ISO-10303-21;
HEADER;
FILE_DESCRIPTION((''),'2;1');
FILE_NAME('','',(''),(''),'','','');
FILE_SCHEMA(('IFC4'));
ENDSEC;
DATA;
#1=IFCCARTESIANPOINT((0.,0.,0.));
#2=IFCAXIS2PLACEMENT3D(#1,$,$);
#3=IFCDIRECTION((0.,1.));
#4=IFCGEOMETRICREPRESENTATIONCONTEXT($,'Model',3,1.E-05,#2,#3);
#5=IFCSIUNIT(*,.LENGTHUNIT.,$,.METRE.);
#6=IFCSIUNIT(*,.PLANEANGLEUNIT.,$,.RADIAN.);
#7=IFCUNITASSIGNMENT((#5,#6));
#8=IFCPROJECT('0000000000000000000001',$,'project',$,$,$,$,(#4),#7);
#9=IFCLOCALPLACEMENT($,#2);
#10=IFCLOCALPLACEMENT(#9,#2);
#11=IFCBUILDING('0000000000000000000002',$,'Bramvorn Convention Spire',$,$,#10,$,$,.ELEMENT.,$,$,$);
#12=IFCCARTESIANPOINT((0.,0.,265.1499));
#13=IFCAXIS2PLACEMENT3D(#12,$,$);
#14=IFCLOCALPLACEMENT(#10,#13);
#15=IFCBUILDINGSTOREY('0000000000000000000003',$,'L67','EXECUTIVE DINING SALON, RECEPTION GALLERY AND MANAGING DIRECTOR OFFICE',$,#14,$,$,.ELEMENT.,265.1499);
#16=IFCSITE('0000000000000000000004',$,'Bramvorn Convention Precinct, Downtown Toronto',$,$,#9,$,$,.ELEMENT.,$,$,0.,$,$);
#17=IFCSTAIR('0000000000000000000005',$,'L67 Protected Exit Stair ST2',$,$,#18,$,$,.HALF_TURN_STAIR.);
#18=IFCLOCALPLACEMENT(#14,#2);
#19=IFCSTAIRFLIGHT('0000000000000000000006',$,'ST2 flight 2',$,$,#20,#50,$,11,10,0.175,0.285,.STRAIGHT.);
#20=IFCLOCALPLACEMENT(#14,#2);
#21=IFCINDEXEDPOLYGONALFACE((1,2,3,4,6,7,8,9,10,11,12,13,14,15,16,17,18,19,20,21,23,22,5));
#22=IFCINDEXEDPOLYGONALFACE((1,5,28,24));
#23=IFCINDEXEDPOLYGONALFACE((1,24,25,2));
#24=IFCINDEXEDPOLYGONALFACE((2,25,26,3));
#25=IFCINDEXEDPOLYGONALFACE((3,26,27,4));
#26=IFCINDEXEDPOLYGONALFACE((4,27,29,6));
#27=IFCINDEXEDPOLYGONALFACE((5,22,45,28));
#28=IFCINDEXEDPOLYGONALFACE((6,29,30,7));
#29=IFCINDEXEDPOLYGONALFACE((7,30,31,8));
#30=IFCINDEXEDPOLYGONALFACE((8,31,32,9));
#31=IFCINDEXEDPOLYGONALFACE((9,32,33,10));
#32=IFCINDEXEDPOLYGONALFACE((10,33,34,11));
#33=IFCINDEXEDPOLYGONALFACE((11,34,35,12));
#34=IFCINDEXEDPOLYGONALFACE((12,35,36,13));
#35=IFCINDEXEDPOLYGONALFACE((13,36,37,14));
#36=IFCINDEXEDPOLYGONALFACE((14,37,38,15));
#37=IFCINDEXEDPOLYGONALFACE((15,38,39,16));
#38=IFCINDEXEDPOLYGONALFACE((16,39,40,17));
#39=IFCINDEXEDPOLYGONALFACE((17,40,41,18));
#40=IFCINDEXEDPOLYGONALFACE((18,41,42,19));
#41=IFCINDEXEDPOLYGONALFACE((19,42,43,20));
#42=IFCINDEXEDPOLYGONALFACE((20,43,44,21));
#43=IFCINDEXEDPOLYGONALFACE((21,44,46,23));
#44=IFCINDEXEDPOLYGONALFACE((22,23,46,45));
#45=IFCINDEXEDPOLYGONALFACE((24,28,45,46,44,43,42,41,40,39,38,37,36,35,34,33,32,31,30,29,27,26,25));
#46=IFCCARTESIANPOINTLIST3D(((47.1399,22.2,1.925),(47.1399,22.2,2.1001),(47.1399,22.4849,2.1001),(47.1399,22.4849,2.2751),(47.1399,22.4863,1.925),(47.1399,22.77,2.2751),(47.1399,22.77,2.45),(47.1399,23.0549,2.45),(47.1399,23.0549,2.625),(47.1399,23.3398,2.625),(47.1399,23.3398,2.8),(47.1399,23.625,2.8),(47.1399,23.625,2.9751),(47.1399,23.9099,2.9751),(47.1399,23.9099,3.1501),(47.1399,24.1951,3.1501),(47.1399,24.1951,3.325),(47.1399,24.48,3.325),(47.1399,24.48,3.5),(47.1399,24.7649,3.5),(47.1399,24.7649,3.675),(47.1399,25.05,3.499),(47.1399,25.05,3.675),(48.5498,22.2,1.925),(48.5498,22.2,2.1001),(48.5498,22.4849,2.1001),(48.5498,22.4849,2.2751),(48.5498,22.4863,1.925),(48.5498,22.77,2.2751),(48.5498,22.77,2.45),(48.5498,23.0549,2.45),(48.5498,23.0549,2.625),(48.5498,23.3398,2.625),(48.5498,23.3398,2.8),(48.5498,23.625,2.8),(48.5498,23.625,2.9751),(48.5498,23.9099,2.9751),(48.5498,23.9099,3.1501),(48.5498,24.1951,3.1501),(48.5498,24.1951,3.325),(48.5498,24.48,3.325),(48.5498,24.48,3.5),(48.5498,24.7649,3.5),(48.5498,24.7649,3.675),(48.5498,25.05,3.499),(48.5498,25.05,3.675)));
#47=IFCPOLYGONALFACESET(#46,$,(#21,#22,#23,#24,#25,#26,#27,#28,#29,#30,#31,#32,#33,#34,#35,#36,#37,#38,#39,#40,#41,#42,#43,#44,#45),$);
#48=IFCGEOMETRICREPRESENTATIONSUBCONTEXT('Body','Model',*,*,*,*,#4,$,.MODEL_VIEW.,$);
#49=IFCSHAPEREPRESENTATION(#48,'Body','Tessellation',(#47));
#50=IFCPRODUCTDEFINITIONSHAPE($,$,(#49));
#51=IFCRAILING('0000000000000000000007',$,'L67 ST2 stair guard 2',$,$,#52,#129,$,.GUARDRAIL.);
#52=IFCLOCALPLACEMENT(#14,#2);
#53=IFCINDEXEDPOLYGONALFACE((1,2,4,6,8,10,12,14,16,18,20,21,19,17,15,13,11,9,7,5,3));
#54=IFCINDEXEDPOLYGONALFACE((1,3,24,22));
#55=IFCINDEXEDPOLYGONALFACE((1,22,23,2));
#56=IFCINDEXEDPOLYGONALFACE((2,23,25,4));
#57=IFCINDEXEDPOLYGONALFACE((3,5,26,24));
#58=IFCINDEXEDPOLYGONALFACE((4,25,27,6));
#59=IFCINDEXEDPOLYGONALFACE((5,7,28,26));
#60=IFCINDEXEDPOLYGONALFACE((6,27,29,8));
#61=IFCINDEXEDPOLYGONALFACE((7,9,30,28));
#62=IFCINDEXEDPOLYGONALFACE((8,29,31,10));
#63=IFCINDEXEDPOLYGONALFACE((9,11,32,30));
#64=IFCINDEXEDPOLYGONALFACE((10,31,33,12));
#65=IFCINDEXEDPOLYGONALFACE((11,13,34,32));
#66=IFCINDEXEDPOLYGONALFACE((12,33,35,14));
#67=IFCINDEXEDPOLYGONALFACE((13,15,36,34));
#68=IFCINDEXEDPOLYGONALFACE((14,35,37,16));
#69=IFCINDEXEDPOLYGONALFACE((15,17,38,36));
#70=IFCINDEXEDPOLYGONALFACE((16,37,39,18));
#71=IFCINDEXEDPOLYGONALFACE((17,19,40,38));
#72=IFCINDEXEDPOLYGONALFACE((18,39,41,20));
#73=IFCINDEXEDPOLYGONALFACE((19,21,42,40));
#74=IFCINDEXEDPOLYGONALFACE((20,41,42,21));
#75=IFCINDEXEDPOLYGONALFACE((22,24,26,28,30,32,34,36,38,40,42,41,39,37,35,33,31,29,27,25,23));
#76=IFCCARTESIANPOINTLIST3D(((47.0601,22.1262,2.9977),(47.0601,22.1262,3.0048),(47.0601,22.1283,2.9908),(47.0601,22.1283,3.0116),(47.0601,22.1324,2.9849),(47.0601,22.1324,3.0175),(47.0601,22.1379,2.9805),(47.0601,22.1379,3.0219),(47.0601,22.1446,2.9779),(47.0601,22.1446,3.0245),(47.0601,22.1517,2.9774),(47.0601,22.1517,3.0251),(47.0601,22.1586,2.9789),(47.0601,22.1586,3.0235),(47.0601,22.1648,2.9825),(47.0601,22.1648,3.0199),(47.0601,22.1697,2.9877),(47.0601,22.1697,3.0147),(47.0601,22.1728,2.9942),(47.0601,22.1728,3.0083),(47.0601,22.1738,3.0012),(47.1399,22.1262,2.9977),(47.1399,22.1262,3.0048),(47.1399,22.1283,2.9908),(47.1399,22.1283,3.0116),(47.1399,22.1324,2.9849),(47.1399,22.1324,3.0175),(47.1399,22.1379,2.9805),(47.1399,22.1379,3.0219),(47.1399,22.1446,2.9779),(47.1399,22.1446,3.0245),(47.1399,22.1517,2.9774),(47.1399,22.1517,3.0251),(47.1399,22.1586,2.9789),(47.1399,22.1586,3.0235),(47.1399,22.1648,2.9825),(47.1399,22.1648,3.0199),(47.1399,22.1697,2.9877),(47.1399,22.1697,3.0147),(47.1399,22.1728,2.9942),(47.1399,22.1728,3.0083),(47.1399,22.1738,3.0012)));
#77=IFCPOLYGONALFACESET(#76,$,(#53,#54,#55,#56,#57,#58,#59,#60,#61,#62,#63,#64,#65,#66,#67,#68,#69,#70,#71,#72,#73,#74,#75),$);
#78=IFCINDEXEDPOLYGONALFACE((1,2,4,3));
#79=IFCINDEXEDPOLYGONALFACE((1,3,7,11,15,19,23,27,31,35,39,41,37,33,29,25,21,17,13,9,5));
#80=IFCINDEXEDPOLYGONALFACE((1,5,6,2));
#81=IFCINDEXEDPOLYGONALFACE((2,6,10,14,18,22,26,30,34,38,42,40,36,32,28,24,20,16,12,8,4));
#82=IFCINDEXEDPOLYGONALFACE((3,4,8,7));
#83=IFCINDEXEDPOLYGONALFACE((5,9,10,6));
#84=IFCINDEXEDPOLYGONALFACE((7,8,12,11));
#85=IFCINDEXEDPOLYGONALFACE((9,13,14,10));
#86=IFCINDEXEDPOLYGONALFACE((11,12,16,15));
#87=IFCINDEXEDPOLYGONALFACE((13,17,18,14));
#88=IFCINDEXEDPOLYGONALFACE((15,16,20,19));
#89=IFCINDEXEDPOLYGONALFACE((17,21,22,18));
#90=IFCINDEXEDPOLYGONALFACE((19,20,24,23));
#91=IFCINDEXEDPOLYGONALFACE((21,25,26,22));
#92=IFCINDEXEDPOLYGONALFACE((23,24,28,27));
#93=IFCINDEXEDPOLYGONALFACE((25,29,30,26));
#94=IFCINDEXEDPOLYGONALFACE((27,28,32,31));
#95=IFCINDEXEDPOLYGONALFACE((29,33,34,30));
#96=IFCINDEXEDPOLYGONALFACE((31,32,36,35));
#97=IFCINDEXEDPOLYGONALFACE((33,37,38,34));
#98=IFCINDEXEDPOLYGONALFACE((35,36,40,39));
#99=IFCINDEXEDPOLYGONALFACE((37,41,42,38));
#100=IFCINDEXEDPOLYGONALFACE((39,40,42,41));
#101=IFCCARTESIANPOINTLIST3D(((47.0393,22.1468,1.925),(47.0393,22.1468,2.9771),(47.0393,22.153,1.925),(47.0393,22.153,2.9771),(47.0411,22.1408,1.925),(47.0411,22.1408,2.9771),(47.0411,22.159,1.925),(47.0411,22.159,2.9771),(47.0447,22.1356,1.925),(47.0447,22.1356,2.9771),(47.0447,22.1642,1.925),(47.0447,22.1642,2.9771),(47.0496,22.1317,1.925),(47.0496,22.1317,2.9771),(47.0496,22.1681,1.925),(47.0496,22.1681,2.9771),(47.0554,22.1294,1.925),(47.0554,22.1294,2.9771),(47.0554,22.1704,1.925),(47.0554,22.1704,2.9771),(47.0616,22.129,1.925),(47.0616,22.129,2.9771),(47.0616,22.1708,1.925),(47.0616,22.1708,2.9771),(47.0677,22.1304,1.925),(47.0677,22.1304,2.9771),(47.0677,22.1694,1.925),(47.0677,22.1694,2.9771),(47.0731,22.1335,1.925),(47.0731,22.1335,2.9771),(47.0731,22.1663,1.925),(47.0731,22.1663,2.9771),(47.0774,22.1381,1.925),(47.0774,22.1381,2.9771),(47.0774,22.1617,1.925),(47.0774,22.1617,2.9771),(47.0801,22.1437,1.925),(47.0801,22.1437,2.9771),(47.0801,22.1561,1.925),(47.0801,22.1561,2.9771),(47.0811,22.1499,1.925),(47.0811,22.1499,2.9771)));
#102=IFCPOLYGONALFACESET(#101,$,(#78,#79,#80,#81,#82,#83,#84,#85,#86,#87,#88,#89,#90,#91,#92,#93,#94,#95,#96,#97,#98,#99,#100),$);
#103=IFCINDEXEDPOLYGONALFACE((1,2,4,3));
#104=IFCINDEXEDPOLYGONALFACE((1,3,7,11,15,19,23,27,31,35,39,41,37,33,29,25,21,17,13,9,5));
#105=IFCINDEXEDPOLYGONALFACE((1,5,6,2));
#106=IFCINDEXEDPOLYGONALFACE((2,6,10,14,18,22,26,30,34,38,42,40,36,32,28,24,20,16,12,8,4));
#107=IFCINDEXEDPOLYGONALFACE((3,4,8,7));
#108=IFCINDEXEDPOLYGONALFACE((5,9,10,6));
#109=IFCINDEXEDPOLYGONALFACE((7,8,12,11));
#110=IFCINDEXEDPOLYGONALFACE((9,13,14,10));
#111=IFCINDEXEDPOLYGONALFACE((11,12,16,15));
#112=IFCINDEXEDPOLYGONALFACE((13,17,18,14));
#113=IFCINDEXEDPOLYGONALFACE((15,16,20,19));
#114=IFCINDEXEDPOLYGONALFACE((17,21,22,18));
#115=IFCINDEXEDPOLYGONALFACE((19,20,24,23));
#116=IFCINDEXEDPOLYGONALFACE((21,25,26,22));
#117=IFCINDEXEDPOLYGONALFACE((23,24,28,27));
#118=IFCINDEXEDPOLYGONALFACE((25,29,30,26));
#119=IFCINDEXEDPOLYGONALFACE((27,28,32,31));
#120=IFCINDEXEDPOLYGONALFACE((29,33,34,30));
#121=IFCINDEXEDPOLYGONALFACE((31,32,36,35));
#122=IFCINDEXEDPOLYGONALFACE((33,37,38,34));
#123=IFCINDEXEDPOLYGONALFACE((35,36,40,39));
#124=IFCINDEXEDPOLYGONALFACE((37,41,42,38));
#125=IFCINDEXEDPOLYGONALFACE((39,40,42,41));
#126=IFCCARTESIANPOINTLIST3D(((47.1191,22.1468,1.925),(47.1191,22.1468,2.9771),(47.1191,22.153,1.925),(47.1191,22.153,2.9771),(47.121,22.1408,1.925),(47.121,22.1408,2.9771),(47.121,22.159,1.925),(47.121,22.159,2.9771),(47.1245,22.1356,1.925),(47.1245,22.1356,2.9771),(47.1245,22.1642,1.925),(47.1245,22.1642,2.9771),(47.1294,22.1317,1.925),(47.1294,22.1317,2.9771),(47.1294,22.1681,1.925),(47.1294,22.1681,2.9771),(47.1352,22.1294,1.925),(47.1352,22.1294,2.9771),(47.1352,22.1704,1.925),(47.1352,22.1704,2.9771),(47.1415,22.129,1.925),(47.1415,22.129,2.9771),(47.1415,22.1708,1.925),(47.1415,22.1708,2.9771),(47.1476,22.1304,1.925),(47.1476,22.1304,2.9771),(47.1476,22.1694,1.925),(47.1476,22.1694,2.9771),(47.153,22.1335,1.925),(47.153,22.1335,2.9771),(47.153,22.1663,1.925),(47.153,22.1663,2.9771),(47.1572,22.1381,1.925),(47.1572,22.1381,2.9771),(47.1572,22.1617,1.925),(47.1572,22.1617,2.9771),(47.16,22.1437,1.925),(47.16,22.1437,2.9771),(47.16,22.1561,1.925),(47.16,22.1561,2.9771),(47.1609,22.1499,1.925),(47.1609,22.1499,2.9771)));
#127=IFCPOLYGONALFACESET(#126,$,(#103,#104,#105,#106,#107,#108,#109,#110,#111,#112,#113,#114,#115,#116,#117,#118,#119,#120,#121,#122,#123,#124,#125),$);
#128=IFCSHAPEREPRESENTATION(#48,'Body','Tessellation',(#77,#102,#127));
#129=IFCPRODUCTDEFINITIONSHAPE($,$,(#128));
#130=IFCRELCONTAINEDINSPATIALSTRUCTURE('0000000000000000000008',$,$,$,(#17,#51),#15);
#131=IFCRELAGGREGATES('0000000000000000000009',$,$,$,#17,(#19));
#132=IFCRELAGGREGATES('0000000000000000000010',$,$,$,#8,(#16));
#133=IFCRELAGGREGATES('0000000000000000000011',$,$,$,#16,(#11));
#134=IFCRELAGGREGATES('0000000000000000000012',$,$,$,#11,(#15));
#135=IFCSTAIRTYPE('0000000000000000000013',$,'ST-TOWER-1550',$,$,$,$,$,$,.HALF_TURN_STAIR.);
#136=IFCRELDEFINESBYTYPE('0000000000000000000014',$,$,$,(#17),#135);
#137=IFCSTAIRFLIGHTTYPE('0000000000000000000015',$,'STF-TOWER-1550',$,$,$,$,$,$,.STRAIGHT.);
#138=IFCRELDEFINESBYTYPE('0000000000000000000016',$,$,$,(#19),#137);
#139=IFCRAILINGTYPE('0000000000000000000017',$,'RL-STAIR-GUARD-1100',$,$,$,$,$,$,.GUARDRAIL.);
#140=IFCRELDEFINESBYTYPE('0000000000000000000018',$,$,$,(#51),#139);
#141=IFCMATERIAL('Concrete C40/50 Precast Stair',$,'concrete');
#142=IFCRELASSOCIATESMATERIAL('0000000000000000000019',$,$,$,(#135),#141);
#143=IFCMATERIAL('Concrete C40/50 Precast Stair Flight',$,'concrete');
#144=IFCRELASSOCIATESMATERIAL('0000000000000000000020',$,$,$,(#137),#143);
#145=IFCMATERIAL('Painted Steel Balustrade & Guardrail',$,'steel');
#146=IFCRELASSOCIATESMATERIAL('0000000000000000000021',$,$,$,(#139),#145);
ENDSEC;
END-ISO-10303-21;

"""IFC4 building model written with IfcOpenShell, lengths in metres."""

from ifc_helpers import new_model, si_unit, direction, frame, origin, origin_2d, place, context, subcontext, project, spatial, polyline, circle, outline, extrude, material, type_object, element, aggregate, save


model = new_model("IFC4")

# Units and contexts
model_context = context("Model", 3, precision=1e-05, world=origin(), true_north=direction((0.0, 1.0)))
body_context = subcontext(model_context, "Body", "Model", "MODEL_VIEW")
ifc_project = project(units=[si_unit("LENGTHUNIT", "METRE"), si_unit("PLANEANGLEUNIT", "RADIAN")], contexts=[model_context])

# Site, building, storey
site_placement = place(None, origin())
site = spatial("IfcSite", under=ifc_project, at=site_placement, Name="Bramvorn Convention Precinct, Downtown Toronto", CompositionType="ELEMENT", RefElevation=0.0)
building_placement = place(site_placement, origin())
building = spatial("IfcBuilding", under=site, at=building_placement, Name="Bramvorn Convention Spire", CompositionType="ELEMENT")
storey_placement = place(building_placement, frame((0.0, 0.0, 265.1499)))
storey = spatial("IfcBuildingStorey", under=building, at=storey_placement, Name="L67", Description="EXECUTIVE DINING SALON, RECEPTION GALLERY AND MANAGING DIRECTOR OFFICE", CompositionType="ELEMENT", Elevation=265.1499)

# Stair, stair flight
ifc_material_1 = material(Name="Concrete C40/50 Precast Stair", Category="concrete")
stair_type = type_object("IfcStairType", Name="ST-TOWER-1550", PredefinedType="HALF_TURN_STAIR", material=ifc_material_1)
stair_placement = place(storey_placement, origin())
stair = element("IfcStair", 1, at=stair_placement, inside=storey, type_object=stair_type, Name="L67 Protected Exit Stair ST2", PredefinedType="HALF_TURN_STAIR")
ifc_material_2 = material(Name="Concrete C40/50 Precast Stair Flight", Category="concrete")
stair_flight_type = type_object("IfcStairFlightType", Name="STF-TOWER-1550", PredefinedType="STRAIGHT", material=ifc_material_2)
stair_flight_placement = place(storey_placement, frame((47.845, 22.2, 1.925), z_axis=(0.0, 0.0, 1.0), x_axis=(0.0, 1.0, 0.0)))
stair_flight = element("IfcStairFlight", 2, at=stair_flight_placement, type_object=stair_flight_type, Name="ST2 flight 2", NumberOfRisers=11, NumberOfTreads=10, PredefinedType="STRAIGHT", RiserHeight=0.175, TreadLength=0.285, context=body_context, shape_type="SweptSolid", body=[
    extrude(outline(polyline([(0.0, 0.0), (0.0, 0.175), (0.2849, 0.175), (0.2849, 0.3501), (0.5701, 0.3501), (0.5701, 0.5249), (0.855, 0.5249), (0.855, 0.7), (1.1399, 0.7), (1.1399, 0.875), (1.425, 0.875), (1.425, 1.05), (1.71, 1.05), (1.71, 1.2251), (1.9951, 1.2251), (1.9951, 1.3999), (2.28, 1.3999), (2.28, 1.575), (2.5649, 1.575), (2.5649, 1.75), (2.8501, 1.75), (2.8501, 1.925), (2.8501, 1.574), (0.2864, 0.0), (0.0, 0.0)])), frame((0.0, 0.7051, 0.0), z_axis=(0.0, -1.0, 0.0), x_axis=(1.0, 0.0, 0.0)), (0.0, 0.0, 1.0), 1.4099),
])
aggregate(stair, [stair_flight])

# Railing
ifc_material_3 = material(Name="Painted Steel Balustrade & Guardrail", Category="steel")
railing_type_1 = type_object("IfcRailingType", Name="RL-STAIR-GUARD-1100", PredefinedType="GUARDRAIL", material=ifc_material_3)
railing_1_placement = place(storey_placement, frame((47.0601, 22.1499, 1.925)))
element("IfcRailing", 3, at=railing_1_placement, inside=storey, type_object=railing_type_1, Name="L67 ST2 stair guard 2", PredefinedType="GUARDRAIL", context=body_context, shape_type="SweptSolid", body=[
    extrude(circle(Radius=0.0239, at=origin_2d()), frame((0.0, 0.0, 1.0762), z_axis=(1.0, 0.0, 0.0), x_axis=(0.0, 1.0, 0.0)), (0.0, 0.0, 1.0), 0.0798),
    extrude(circle(Radius=0.021, at=origin_2d()), origin(), (0.0, 0.0, 1.0), 1.052),
    extrude(circle(Radius=0.021, at=origin_2d()), frame((0.0798, 0.0, 0.0)), (0.0, 0.0, 1.0), 1.052),
])

save(model, "model.ifc")
